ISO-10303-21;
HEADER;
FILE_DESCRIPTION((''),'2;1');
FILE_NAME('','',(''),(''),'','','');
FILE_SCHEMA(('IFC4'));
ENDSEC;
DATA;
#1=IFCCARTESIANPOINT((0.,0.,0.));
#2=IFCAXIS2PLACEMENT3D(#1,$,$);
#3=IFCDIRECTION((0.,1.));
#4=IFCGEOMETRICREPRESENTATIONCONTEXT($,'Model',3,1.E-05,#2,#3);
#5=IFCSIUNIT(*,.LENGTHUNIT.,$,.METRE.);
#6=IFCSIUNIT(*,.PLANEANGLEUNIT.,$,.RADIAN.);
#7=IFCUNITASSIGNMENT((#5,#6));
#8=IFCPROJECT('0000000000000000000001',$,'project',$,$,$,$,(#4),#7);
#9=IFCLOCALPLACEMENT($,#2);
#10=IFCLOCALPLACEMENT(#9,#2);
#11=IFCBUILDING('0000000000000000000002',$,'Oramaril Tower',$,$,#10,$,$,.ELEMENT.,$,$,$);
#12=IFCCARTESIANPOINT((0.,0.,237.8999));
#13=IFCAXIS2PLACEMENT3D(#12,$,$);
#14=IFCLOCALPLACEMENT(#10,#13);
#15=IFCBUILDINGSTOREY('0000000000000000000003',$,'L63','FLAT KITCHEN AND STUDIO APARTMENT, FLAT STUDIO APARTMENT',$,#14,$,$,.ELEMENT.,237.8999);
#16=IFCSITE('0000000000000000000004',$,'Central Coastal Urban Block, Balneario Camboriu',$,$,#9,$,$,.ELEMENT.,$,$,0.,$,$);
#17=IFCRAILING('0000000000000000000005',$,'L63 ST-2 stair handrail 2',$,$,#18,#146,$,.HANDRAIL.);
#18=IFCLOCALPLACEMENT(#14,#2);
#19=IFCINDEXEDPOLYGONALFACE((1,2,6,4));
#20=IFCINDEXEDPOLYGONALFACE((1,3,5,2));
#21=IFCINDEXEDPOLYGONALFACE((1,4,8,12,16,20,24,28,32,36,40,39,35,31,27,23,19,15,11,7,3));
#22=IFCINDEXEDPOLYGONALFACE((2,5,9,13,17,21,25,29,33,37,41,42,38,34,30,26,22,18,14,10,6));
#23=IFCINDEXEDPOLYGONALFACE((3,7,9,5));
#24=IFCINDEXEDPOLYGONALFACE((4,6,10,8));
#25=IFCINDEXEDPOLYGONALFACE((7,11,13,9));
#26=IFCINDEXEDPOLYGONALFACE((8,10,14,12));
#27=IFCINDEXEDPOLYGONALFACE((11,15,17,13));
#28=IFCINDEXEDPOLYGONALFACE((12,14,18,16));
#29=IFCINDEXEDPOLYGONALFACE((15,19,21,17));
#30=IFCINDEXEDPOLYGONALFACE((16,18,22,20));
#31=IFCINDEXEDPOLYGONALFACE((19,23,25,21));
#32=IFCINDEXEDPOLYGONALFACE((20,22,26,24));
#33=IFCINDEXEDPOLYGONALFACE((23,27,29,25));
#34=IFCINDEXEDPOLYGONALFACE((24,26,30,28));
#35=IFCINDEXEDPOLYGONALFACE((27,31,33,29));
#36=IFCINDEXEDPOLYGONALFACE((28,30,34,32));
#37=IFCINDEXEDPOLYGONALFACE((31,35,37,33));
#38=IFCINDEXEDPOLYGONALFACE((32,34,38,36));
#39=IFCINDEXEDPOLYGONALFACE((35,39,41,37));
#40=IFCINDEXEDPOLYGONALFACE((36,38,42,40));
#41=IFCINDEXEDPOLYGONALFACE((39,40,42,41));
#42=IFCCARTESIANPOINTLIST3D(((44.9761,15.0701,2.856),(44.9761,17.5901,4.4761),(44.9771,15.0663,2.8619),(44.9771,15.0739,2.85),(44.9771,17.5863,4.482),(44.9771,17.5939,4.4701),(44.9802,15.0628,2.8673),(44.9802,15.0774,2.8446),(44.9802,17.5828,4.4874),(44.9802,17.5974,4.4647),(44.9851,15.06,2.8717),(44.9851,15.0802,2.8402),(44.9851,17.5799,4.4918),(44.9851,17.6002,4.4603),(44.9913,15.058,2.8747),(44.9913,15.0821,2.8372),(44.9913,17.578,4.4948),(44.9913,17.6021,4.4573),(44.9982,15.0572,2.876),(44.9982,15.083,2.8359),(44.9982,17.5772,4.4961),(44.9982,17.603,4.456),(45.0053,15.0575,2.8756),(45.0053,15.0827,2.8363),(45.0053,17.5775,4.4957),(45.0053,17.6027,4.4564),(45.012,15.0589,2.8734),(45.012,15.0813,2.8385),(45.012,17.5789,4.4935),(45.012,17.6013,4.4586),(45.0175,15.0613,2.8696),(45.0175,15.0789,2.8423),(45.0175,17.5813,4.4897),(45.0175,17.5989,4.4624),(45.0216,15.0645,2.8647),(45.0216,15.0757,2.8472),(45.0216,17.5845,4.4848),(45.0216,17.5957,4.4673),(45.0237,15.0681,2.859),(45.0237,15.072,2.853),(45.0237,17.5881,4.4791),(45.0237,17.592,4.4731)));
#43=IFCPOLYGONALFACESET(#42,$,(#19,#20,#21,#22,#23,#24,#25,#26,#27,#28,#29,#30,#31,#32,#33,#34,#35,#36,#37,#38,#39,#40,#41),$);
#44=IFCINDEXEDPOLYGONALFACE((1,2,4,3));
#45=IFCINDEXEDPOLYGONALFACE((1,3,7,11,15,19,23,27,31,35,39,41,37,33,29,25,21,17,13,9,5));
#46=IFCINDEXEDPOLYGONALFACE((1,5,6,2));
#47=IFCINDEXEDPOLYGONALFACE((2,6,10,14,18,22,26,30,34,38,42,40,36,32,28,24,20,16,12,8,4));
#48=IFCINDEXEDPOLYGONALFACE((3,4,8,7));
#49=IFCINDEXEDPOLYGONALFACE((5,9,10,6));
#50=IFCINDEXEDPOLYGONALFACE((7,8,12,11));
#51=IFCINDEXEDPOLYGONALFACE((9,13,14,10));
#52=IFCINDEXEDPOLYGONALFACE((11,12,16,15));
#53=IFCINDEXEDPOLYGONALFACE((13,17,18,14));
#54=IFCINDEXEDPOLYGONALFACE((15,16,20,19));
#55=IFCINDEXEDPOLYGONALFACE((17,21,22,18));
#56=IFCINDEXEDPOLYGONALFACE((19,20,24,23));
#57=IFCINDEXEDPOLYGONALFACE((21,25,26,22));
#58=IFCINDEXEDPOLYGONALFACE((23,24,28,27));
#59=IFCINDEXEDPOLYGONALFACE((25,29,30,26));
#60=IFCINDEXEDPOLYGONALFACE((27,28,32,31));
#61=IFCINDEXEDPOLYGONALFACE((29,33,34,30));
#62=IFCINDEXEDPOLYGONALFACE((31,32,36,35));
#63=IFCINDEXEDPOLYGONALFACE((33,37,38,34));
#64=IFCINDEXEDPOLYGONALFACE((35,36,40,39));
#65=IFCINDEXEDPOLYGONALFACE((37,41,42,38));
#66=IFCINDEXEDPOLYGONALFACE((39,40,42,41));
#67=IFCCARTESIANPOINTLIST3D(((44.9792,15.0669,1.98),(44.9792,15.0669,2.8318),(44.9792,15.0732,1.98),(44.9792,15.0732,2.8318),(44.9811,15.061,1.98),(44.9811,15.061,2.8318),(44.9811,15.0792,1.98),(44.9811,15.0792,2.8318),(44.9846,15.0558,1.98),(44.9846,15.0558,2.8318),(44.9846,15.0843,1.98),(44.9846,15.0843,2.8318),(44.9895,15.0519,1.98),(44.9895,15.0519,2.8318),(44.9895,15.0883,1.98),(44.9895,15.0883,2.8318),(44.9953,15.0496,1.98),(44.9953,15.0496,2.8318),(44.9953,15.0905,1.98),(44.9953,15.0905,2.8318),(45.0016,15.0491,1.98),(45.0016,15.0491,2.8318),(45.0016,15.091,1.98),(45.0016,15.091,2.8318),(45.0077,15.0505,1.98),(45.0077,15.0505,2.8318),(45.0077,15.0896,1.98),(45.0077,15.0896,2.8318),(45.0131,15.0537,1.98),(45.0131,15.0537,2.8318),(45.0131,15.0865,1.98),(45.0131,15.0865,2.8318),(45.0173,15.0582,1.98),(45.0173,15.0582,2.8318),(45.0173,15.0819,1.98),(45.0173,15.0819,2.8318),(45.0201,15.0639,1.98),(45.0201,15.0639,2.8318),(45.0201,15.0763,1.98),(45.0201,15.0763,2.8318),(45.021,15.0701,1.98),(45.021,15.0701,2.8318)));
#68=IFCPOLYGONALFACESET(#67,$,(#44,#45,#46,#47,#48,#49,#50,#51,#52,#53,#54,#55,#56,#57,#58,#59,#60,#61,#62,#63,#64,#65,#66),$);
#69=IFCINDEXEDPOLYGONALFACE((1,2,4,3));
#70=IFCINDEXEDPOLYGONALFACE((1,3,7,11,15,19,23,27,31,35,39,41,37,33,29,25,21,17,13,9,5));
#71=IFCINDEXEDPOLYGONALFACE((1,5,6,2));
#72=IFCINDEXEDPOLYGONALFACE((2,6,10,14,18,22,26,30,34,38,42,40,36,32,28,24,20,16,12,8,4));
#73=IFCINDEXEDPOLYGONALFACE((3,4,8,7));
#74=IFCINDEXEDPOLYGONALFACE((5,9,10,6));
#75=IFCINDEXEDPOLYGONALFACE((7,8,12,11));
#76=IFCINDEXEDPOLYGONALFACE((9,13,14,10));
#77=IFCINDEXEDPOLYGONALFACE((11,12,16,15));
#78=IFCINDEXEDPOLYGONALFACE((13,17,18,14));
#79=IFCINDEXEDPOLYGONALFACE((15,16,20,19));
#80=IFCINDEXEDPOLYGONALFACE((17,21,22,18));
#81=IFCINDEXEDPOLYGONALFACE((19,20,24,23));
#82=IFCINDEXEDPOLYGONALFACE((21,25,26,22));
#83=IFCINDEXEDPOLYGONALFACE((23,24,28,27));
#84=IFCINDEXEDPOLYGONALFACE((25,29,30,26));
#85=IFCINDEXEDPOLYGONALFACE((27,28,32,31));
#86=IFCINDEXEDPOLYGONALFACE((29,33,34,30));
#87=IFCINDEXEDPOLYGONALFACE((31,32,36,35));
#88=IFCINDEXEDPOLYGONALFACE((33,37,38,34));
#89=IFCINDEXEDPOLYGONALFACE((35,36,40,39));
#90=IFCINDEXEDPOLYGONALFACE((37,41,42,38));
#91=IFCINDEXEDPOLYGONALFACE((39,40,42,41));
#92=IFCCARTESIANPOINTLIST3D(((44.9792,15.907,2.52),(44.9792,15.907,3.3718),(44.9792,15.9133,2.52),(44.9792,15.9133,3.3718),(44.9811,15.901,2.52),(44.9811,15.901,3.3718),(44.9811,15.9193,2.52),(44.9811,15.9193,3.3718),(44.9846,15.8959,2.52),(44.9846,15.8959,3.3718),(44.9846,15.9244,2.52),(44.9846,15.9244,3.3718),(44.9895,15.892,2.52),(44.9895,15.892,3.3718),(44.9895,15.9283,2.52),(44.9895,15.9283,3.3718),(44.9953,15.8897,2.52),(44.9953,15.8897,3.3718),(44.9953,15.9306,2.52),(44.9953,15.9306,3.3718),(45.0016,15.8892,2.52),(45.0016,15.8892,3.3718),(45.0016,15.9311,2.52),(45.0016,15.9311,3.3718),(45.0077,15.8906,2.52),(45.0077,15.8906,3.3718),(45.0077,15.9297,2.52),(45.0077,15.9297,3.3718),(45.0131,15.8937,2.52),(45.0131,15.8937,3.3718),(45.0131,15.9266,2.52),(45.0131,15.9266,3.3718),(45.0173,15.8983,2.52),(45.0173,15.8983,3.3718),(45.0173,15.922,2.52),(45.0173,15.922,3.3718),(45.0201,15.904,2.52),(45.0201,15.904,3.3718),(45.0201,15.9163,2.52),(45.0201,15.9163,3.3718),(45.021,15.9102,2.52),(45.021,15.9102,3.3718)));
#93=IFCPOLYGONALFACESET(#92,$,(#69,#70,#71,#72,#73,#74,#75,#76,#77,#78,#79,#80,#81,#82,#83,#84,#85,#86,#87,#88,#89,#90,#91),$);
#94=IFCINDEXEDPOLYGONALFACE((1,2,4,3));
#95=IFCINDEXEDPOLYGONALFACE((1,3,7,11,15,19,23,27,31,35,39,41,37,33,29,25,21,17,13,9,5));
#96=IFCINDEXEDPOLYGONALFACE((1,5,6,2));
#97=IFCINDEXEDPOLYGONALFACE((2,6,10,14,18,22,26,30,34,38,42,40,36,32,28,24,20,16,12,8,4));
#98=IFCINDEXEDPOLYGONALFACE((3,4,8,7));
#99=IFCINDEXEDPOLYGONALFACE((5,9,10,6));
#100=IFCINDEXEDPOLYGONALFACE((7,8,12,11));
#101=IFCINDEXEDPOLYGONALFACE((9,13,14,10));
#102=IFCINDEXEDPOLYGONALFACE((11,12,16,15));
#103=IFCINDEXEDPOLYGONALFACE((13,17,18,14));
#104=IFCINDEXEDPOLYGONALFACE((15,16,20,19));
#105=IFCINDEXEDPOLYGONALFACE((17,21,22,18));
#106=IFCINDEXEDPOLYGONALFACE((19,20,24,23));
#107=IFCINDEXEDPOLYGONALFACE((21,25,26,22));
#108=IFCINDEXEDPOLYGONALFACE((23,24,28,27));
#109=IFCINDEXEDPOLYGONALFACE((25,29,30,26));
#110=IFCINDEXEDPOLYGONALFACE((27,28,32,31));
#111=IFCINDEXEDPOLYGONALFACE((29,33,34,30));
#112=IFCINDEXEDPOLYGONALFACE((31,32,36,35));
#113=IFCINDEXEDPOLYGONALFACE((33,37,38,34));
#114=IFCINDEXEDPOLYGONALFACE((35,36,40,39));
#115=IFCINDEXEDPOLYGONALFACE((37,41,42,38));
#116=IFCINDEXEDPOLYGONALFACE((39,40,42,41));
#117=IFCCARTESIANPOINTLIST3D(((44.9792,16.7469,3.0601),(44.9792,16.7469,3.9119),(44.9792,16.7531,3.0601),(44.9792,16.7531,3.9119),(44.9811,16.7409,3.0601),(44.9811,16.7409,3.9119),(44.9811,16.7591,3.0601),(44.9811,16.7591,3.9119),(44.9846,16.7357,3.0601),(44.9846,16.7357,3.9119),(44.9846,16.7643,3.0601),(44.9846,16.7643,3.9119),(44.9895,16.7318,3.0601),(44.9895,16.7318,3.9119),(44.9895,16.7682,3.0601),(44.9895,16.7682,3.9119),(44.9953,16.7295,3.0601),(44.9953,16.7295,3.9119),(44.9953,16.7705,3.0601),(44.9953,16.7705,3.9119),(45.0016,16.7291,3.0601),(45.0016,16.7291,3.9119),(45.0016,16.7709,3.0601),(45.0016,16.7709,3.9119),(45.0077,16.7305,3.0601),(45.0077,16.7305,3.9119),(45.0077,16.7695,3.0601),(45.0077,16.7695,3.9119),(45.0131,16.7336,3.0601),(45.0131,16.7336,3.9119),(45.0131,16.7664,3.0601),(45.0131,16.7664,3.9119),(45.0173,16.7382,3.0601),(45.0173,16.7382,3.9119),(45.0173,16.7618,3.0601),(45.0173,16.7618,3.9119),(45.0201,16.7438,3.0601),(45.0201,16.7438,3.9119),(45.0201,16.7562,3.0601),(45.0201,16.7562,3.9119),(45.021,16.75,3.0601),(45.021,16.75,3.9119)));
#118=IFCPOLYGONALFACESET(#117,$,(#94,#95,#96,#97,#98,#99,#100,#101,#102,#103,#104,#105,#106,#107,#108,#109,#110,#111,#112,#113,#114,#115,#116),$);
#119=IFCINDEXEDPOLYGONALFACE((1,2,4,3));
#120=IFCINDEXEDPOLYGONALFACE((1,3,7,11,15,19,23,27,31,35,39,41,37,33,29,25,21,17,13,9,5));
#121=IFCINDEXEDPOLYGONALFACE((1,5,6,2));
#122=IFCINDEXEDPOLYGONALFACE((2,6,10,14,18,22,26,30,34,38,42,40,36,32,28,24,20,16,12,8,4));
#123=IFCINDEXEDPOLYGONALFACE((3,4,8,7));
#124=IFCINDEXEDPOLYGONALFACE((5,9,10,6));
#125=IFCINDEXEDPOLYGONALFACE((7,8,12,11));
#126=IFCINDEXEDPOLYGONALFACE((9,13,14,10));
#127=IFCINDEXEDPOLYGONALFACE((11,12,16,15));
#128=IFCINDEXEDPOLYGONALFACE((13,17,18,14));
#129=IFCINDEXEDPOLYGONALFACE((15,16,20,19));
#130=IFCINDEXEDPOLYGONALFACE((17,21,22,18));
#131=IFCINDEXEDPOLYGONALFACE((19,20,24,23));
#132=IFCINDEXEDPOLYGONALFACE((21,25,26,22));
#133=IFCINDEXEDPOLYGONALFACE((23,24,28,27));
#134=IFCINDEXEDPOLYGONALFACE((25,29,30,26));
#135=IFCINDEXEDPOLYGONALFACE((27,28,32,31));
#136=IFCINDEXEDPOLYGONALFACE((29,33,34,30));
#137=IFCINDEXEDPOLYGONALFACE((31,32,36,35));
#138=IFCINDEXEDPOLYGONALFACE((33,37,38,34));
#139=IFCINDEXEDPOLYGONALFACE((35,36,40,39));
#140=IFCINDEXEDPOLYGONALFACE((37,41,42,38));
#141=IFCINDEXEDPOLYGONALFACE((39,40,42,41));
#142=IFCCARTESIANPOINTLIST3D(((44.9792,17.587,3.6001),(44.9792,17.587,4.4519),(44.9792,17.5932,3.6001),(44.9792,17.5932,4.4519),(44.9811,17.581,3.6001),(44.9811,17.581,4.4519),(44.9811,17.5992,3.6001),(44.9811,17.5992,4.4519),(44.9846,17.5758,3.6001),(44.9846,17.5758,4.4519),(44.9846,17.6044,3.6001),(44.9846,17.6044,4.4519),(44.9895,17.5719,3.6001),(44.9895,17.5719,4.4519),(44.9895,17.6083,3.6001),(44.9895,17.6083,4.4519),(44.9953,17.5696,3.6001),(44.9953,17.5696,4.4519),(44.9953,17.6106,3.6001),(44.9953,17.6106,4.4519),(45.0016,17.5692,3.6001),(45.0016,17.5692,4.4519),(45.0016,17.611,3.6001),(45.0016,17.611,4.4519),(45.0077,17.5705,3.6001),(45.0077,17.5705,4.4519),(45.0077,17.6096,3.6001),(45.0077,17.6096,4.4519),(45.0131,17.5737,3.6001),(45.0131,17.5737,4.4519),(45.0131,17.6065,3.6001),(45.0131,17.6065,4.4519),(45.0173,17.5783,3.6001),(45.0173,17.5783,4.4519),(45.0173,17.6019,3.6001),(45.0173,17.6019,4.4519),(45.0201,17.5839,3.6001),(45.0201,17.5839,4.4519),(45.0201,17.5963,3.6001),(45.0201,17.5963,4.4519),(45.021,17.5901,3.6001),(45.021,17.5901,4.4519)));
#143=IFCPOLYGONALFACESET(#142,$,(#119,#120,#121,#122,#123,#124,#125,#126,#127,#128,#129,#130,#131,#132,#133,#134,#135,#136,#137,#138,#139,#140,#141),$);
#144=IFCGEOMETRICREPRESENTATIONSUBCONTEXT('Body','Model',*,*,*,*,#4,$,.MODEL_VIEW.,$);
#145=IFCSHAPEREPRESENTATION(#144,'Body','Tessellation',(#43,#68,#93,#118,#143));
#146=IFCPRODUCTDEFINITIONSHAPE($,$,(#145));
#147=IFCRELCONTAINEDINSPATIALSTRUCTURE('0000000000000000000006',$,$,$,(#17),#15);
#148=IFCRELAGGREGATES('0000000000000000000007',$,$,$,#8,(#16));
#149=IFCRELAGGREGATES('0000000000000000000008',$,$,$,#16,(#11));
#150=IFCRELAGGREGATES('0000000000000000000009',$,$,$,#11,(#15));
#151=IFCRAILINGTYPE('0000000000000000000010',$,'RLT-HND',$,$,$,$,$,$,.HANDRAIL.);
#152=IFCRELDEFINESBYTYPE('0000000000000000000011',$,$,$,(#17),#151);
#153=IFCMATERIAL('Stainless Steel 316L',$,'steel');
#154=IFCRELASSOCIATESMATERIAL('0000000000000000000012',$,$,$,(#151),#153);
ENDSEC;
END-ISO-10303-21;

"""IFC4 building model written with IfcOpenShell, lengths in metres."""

from ifc_helpers import new_model, si_unit, direction, frame, origin, origin_2d, place, context, subcontext, project, spatial, circle, extrude, material, type_object, element, save


model = new_model("IFC4")

# Units and contexts
model_context = context("Model", 3, precision=1e-05, world=origin(), true_north=direction((0.0, 1.0)))
body_context = subcontext(model_context, "Body", "Model", "MODEL_VIEW")
ifc_project = project(units=[si_unit("LENGTHUNIT", "METRE"), si_unit("PLANEANGLEUNIT", "RADIAN")], contexts=[model_context])

# Site, building, storey
site_placement = place(None, origin())
site = spatial("IfcSite", under=ifc_project, at=site_placement, Name="Central Coastal Urban Block, Balneario Camboriu", CompositionType="ELEMENT", RefElevation=0.0)
building_placement = place(site_placement, origin())
building = spatial("IfcBuilding", under=site, at=building_placement, Name="Oramaril Tower", CompositionType="ELEMENT")
storey_placement = place(building_placement, frame((0.0, 0.0, 237.8999)))
storey = spatial("IfcBuildingStorey", under=building, at=storey_placement, Name="L63", Description="FLAT KITCHEN AND STUDIO APARTMENT, FLAT STUDIO APARTMENT", CompositionType="ELEMENT", Elevation=237.8999)

# Railing
ifc_material_1 = material(Name="Stainless Steel 316L", Category="steel")
railing_type_1 = type_object("IfcRailingType", Name="RLT-HND", PredefinedType="HANDRAIL", material=ifc_material_1)
railing_1_placement = place(storey_placement, frame((45.0, 15.0701, 1.98)))
element("IfcRailing", 1, at=railing_1_placement, inside=storey, type_object=railing_type_1, Name="L63 ST-2 stair handrail 2", PredefinedType="HANDRAIL", context=body_context, shape_type="SweptSolid", body=[
    extrude(circle(Radius=0.0239, at=origin_2d()), frame((0.0, 0.0, 0.876), z_axis=(0.0, 0.841163, 0.540782), x_axis=(-1.0, 0.0, 0.0)), (0.0, 0.0, 1.0), 2.9958),
    extrude(circle(Radius=0.021, at=origin_2d()), origin(), (0.0, 0.0, 1.0), 0.8518),
    extrude(circle(Radius=0.021, at=origin_2d()), frame((0.0, 0.8401, 0.54)), (0.0, 0.0, 1.0), 0.8518),
    extrude(circle(Radius=0.021, at=origin_2d()), frame((0.0, 1.6799, 1.0801)), (0.0, 0.0, 1.0), 0.8518),
    extrude(circle(Radius=0.021, at=origin_2d()), frame((0.0, 2.52, 1.6201)), (0.0, 0.0, 1.0), 0.8518),
])

save(model, "model.ifc")
